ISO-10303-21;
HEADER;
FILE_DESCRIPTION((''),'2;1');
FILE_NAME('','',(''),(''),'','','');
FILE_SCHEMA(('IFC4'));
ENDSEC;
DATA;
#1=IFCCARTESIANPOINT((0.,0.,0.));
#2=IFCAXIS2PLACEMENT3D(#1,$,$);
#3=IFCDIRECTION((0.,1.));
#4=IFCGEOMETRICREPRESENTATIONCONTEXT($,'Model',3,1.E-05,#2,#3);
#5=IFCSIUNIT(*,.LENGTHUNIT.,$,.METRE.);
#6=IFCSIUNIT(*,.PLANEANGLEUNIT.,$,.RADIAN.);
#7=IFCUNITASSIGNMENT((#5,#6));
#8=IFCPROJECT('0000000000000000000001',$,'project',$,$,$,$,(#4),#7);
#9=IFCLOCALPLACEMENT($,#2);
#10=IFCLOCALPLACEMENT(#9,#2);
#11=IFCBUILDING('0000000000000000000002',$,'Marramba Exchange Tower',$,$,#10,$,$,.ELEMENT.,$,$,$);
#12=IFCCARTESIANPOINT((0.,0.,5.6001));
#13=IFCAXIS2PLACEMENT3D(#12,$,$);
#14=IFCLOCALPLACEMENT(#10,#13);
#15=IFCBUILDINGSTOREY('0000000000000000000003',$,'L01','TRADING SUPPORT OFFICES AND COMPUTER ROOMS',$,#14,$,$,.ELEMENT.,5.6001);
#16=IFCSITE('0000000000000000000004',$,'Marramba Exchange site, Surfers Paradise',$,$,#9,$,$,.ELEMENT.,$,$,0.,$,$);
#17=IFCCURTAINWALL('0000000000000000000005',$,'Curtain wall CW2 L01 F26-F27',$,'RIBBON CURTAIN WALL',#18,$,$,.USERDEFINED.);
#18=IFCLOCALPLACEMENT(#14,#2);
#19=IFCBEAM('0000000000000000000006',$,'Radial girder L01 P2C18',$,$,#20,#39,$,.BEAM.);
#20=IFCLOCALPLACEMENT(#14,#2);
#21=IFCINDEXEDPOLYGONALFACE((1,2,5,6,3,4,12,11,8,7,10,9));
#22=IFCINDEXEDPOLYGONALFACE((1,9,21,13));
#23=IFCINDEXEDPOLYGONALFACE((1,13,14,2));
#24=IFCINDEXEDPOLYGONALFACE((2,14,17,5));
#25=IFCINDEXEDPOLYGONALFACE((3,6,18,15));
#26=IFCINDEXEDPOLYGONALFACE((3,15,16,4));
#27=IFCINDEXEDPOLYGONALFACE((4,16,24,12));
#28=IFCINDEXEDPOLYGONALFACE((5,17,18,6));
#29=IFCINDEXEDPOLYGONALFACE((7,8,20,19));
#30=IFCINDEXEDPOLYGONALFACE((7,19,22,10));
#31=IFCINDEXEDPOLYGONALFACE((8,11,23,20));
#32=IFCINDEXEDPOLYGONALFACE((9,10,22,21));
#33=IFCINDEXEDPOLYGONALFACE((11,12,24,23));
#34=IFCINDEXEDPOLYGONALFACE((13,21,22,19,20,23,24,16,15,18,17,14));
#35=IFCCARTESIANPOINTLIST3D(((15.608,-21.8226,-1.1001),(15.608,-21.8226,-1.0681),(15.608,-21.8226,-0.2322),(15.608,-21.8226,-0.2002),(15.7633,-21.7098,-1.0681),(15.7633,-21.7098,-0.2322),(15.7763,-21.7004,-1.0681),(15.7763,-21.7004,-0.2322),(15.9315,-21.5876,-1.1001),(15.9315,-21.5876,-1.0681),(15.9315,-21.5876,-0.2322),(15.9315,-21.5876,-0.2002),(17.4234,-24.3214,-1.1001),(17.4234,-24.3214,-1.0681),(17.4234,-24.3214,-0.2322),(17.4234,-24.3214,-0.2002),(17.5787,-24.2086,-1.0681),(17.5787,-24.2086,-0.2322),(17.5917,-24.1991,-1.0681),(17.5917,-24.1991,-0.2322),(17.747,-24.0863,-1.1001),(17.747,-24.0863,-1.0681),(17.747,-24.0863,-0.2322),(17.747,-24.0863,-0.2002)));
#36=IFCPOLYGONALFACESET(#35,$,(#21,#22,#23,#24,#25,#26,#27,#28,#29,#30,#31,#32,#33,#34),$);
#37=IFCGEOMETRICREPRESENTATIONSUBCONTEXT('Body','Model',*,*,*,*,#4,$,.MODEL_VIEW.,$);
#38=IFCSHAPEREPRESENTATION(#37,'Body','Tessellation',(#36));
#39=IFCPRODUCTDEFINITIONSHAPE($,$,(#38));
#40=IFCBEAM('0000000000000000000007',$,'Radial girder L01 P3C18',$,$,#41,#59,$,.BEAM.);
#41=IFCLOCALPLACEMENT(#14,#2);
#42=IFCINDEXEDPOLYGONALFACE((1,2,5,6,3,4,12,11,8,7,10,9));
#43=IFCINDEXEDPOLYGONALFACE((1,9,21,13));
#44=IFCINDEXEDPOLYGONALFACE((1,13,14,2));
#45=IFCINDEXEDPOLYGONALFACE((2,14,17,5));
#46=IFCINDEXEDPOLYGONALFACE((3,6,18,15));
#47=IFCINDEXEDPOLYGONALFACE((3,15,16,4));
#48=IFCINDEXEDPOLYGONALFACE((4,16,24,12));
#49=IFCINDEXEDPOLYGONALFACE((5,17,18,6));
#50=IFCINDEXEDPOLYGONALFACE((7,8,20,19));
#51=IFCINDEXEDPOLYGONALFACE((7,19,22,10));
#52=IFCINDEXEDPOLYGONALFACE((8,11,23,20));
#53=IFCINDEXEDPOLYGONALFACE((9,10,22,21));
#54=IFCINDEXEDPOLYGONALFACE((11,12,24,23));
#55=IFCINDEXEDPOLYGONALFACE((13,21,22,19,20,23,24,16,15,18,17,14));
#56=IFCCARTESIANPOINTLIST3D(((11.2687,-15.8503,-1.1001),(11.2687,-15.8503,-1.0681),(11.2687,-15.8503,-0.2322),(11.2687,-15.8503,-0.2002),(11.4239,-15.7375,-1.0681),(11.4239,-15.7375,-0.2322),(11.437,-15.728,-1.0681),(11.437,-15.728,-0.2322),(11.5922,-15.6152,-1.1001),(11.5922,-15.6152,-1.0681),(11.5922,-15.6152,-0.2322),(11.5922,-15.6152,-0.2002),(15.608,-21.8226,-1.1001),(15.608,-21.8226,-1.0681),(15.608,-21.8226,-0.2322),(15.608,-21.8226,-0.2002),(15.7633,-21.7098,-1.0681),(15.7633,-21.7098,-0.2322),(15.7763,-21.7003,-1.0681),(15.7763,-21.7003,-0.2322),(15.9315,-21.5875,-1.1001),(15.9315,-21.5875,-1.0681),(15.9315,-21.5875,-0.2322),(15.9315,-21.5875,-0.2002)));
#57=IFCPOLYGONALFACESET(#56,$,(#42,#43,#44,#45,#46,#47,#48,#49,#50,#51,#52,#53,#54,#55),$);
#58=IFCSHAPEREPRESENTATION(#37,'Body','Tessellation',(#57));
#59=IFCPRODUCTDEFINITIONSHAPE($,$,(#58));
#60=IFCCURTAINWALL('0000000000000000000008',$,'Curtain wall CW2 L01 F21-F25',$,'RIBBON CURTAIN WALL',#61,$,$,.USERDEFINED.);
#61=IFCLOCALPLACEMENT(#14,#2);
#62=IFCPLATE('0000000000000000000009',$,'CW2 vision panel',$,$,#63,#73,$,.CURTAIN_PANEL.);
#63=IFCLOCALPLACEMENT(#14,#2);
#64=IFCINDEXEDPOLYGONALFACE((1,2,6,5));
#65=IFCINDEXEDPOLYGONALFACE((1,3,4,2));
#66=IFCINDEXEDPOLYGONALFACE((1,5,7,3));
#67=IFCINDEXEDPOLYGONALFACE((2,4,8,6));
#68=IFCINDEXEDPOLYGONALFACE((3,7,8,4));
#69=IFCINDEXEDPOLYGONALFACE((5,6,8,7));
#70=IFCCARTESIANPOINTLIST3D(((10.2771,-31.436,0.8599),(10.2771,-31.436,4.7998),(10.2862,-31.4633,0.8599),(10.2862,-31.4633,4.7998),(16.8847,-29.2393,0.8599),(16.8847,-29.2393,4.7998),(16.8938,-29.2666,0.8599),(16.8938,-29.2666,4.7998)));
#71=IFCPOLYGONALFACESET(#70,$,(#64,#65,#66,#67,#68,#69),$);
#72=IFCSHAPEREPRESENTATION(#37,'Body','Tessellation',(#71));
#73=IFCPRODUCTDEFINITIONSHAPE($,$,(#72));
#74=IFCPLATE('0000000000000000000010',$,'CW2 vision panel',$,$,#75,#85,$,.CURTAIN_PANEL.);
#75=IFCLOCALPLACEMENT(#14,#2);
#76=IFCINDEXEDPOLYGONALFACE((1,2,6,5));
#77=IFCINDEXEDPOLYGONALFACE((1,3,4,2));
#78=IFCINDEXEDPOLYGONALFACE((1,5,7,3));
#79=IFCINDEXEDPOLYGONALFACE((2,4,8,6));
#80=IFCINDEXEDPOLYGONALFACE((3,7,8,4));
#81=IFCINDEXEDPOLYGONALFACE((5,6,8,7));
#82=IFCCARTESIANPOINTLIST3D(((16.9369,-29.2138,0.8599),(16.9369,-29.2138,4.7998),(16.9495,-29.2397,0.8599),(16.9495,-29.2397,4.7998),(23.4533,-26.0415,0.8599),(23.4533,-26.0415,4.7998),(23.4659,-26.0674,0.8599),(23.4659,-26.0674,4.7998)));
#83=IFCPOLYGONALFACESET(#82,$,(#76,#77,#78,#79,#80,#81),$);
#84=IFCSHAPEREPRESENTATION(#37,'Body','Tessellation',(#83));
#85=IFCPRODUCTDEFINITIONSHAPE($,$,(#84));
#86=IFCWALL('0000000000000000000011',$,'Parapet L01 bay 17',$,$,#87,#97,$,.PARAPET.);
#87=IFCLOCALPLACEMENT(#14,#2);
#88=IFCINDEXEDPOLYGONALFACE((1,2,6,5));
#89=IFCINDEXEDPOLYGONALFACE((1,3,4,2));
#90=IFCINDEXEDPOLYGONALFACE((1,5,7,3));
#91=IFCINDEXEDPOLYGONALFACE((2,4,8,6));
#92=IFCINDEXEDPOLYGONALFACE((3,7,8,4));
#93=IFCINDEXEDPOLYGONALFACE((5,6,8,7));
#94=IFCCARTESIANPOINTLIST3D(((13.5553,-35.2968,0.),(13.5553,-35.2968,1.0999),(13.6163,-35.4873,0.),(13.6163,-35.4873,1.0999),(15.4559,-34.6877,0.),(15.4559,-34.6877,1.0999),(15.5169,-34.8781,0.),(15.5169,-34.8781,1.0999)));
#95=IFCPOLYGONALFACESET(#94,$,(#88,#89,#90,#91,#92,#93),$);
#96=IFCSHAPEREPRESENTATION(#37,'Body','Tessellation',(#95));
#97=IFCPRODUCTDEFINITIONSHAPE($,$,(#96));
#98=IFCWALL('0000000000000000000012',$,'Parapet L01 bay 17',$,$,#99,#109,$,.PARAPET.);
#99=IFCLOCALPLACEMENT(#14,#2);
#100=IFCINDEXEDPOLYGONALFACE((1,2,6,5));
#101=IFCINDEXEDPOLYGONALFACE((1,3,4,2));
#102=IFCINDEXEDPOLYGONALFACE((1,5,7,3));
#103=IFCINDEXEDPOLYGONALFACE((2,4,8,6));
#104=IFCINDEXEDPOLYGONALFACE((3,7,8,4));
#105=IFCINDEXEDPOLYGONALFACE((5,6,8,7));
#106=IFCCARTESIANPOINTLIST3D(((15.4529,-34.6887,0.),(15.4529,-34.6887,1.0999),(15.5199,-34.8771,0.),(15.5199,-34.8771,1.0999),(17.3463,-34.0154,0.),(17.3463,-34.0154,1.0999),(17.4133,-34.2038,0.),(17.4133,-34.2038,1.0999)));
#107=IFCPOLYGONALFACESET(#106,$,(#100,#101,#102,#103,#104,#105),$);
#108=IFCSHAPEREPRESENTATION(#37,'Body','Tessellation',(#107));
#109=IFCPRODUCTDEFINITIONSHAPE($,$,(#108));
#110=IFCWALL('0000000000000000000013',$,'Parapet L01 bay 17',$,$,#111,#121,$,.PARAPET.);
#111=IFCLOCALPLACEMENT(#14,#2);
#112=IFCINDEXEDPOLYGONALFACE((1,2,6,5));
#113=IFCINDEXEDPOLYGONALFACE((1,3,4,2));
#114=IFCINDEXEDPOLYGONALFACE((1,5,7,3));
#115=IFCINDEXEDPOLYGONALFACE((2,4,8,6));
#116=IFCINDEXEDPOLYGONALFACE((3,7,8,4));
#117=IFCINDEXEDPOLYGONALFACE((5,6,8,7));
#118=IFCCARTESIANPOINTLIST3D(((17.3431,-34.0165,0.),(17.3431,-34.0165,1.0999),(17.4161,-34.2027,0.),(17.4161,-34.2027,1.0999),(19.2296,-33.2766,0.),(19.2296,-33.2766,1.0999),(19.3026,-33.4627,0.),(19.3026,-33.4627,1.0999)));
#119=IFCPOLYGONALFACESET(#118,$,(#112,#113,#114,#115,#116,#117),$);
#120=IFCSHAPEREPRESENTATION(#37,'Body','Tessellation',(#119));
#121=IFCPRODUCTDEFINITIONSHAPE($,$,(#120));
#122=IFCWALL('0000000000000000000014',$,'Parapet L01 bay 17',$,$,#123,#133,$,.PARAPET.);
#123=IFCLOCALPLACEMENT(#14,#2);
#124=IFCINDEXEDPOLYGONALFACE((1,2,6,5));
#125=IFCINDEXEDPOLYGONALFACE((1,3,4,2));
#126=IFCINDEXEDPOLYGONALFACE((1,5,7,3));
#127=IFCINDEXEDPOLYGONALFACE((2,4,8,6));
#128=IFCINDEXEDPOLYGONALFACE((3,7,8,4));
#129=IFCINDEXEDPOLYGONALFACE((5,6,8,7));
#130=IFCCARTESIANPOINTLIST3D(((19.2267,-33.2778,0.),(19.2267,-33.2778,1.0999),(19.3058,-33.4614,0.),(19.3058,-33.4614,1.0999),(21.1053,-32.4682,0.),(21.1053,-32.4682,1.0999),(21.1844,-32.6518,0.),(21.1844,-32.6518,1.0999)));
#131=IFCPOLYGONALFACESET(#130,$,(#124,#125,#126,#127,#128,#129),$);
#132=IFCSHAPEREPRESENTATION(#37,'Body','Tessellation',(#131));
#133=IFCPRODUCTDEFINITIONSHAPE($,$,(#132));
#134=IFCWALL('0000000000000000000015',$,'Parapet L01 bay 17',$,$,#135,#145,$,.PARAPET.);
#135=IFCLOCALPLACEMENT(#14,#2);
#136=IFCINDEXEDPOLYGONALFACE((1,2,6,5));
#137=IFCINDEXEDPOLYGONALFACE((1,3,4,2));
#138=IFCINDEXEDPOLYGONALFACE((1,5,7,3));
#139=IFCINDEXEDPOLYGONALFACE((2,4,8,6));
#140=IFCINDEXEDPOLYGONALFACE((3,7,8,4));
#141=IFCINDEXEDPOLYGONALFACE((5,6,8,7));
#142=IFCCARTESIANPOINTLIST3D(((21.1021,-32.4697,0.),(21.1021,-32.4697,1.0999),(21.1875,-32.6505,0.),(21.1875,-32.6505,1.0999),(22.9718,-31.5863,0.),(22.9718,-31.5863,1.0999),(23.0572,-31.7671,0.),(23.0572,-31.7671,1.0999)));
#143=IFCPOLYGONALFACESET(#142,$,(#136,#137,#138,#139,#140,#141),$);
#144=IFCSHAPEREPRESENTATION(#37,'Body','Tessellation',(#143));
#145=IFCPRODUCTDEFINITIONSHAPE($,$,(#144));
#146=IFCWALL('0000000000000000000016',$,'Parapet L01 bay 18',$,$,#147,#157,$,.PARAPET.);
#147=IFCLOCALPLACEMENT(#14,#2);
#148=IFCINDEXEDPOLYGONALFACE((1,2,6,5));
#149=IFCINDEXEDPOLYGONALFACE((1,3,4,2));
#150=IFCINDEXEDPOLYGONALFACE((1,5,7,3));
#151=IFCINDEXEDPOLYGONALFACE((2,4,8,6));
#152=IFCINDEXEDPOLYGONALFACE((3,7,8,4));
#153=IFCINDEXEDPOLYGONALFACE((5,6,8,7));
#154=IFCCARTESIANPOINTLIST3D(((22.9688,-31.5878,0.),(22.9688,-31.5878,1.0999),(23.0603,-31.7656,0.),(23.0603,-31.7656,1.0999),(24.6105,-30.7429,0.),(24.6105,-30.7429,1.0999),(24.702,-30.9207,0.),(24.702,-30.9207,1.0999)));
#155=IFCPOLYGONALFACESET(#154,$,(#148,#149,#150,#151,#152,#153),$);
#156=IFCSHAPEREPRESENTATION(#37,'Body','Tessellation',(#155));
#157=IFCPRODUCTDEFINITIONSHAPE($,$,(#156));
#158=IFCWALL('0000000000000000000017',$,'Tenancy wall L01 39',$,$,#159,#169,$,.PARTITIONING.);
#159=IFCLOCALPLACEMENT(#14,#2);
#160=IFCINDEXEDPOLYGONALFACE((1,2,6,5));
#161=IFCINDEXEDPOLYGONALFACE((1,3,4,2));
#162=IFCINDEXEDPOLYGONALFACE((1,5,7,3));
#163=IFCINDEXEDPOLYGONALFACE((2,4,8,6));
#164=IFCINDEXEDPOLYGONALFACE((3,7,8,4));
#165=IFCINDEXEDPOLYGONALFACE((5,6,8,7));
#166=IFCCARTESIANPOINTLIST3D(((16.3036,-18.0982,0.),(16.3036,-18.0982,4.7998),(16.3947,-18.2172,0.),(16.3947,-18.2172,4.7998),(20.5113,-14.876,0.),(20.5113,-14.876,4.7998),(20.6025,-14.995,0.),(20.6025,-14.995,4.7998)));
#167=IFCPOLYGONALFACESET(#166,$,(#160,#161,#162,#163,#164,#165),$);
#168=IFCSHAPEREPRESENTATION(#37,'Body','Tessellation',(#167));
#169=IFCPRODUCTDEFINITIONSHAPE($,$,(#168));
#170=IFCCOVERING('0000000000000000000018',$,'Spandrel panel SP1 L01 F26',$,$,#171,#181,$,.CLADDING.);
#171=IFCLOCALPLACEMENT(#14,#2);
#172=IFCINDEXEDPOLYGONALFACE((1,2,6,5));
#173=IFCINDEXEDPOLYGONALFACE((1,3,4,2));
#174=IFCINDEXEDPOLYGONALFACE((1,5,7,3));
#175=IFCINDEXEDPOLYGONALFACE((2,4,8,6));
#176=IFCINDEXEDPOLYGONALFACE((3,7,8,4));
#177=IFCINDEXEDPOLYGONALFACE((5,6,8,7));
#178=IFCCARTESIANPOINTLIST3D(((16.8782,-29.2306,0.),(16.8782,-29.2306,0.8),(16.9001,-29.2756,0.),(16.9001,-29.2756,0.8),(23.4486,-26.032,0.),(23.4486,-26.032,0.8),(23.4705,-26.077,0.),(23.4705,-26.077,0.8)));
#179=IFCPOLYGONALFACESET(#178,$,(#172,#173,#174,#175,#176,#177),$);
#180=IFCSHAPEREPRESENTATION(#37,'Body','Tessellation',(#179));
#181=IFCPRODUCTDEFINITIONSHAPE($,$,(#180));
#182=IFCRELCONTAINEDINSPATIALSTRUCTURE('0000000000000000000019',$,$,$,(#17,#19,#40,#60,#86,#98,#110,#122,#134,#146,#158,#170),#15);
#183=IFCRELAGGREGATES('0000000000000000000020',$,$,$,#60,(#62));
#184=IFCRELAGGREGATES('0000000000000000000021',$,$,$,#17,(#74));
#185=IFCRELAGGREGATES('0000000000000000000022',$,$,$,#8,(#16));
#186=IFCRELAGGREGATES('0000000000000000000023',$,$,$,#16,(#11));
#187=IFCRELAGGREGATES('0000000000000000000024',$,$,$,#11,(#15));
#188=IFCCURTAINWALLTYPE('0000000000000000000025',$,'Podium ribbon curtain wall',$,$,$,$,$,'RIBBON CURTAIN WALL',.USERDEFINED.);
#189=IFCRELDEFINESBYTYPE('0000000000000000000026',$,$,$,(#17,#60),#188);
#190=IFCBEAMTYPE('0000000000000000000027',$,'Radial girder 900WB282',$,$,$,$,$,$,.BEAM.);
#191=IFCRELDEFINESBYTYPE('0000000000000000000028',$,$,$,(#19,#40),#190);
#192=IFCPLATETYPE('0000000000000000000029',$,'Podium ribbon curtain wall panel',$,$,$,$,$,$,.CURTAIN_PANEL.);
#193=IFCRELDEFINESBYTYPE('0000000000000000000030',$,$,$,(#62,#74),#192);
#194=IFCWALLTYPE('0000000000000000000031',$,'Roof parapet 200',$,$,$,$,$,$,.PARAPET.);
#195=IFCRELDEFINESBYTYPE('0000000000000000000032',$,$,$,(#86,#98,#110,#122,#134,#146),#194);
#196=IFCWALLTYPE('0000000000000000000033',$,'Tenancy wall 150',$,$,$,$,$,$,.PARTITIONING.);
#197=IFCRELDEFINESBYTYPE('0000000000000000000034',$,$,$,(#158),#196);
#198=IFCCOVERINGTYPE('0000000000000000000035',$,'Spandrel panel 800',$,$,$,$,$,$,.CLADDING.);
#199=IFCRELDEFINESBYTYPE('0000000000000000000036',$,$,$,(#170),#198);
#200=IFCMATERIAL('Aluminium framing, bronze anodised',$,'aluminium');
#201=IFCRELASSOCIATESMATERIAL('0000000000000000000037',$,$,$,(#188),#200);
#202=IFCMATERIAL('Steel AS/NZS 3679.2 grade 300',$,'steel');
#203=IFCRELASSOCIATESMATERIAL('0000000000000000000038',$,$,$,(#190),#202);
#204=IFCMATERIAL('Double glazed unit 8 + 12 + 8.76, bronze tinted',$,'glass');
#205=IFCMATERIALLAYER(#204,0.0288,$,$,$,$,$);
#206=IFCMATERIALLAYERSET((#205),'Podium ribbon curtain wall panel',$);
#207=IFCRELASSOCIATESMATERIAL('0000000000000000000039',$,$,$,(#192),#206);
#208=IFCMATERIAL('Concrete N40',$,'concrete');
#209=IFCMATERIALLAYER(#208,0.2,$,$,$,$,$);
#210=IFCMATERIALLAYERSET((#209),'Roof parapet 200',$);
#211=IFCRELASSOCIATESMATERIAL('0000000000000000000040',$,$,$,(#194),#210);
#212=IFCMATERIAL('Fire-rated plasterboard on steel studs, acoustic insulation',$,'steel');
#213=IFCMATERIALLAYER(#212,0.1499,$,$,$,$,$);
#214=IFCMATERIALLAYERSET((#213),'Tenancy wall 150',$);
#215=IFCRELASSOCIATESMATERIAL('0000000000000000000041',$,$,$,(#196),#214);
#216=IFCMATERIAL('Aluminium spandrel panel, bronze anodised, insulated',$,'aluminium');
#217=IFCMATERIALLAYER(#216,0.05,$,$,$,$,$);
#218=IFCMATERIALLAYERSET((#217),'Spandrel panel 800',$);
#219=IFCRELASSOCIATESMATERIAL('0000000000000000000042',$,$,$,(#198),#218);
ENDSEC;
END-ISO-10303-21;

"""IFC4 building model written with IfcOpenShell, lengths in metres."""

from ifc_helpers import new_model, si_unit, direction, frame, frame_2d, origin, origin_2d, place, context, subcontext, project, spatial, rectangle, i_section, extrude, material, layer, layer_set, material_profile, profile_set, type_object, element, aggregate, save


model = new_model("IFC4")

# Units and contexts
model_context = context("Model", 3, precision=1e-05, world=origin(), true_north=direction((0.0, 1.0)))
body_context = subcontext(model_context, "Body", "Model", "MODEL_VIEW")
ifc_project = project(units=[si_unit("LENGTHUNIT", "METRE"), si_unit("PLANEANGLEUNIT", "RADIAN")], contexts=[model_context])

# Site, building, storey
site_placement = place(None, origin())
site = spatial("IfcSite", under=ifc_project, at=site_placement, Name="Marramba Exchange site, Surfers Paradise", CompositionType="ELEMENT", RefElevation=0.0)
building_placement = place(site_placement, origin())
building = spatial("IfcBuilding", under=site, at=building_placement, Name="Marramba Exchange Tower", CompositionType="ELEMENT")
storey_placement = place(building_placement, frame((0.0, 0.0, 5.6001)))
storey = spatial("IfcBuildingStorey", under=building, at=storey_placement, Name="L01", Description="TRADING SUPPORT OFFICES AND COMPUTER ROOMS", CompositionType="ELEMENT", Elevation=5.6001)

# Curtain wall
ifc_material_1 = material(Name="Aluminium framing, bronze anodised", Category="aluminium")
curtain_wall_type = type_object("IfcCurtainWallType", Name="Podium ribbon curtain wall", ElementType="RIBBON CURTAIN WALL", PredefinedType="USERDEFINED", material=ifc_material_1)
curtain_wall_1_placement = place(storey_placement, origin())
curtain_wall_1 = element("IfcCurtainWall", 1, at=curtain_wall_1_placement, inside=storey, type_object=curtain_wall_type, Name="Curtain wall CW2 L01 F26-F27", ObjectType="RIBBON CURTAIN WALL", PredefinedType="USERDEFINED")

# Beams
ifc_material_2 = material(Name="Steel AS/NZS 3679.2 grade 300", Category="steel")
ifc_material_profile_1 = material_profile(ifc_material_2, i_section(OverallWidth=0.3999, OverallDepth=0.8999, WebThickness=0.0161, FlangeThickness=0.032, at=origin_2d()), Name="900WB282")
ifc_profile_set_1 = profile_set([ifc_material_profile_1], Name="Steel AS/NZS 3679.2 grade 300")
beam_type_1 = type_object("IfcBeamType", Name="Radial girder 900WB282", PredefinedType="BEAM", material=ifc_profile_set_1)
beam_1_placement = place(storey_placement, frame((17.5852, -24.2039, -0.6501), z_axis=(-0.587777, 0.809023, 0.0), x_axis=(-0.809023, -0.587777, 0.0)))
element("IfcBeam", 2, at=beam_1_placement, inside=storey, type_object=beam_type_1, Name="Radial girder L01 P2C18", PredefinedType="BEAM", context=body_context, shape_type="SweptSolid", body=[
    extrude(i_section(OverallWidth=0.3999, OverallDepth=0.8999, WebThickness=0.0161, FlangeThickness=0.032, at=origin_2d()), origin(), (0.0, 0.0, 1.0), 3.0886),
])
beam_2_placement = place(storey_placement, frame((15.7698, -21.7051, -0.6501), z_axis=(-0.587798, 0.809008, 0.0), x_axis=(-0.809008, -0.587798, 0.0)))
element("IfcBeam", 3, at=beam_2_placement, inside=storey, type_object=beam_type_1, Name="Radial girder L01 P3C18", PredefinedType="BEAM", context=body_context, shape_type="SweptSolid", body=[
    extrude(i_section(OverallWidth=0.3999, OverallDepth=0.8999, WebThickness=0.0161, FlangeThickness=0.032, at=origin_2d()), origin(), (0.0, 0.0, 1.0), 7.3823),
])

# Curtain wall, plate
curtain_wall_2_placement = place(storey_placement, origin())
curtain_wall_2 = element("IfcCurtainWall", 4, at=curtain_wall_2_placement, inside=storey, type_object=curtain_wall_type, Name="Curtain wall CW2 L01 F21-F25", ObjectType="RIBBON CURTAIN WALL", PredefinedType="USERDEFINED")
ifc_material_3 = material(Name="Double glazed unit 8 + 12 + 8.76, bronze tinted", Category="glass")
ifc_layer_1 = layer(ifc_material_3, 0.0288)
ifc_layer_set_1 = layer_set([ifc_layer_1], Name="Podium ribbon curtain wall panel")
plate_type = type_object("IfcPlateType", Name="Podium ribbon curtain wall panel", PredefinedType="CURTAIN_PANEL", material=ifc_layer_set_1)
plate_1_placement = place(storey_placement, frame((13.5854, -30.3513, 0.8599), z_axis=(0.0, 0.0, 1.0), x_axis=(0.948934, 0.315474, 0.0)))
plate_1 = element("IfcPlate", 5, at=plate_1_placement, type_object=plate_type, Name="CW2 vision panel", PredefinedType="CURTAIN_PANEL", context=body_context, shape_type="SweptSolid", body=[
    extrude(rectangle(XDim=6.9631, YDim=0.0288, at=origin_2d()), origin(), (0.0, 0.0, 1.0), 3.9399),
])
aggregate(curtain_wall_2, [plate_1])

# Plate
plate_2_placement = place(storey_placement, frame((20.2014, -27.6406, 0.8599), z_axis=(0.0, 0.0, 1.0), x_axis=(0.89912, 0.437702, 0.0)))
plate_2 = element("IfcPlate", 6, at=plate_2_placement, type_object=plate_type, Name="CW2 vision panel", PredefinedType="CURTAIN_PANEL", context=body_context, shape_type="SweptSolid", body=[
    extrude(rectangle(XDim=7.2476, YDim=0.0288, at=origin_2d()), origin(), (0.0, 0.0, 1.0), 3.9399),
])
aggregate(curtain_wall_1, [plate_2])

# Walls
ifc_material_4 = material(Name="Concrete N40", Category="concrete")
ifc_layer_2 = layer(ifc_material_4, 0.2)
ifc_layer_set_2 = layer_set([ifc_layer_2], Name="Roof parapet 200")
wall_type_1 = type_object("IfcWallType", Name="Roof parapet 200", PredefinedType="PARAPET", material=ifc_layer_set_2)
wall_1_placement = place(storey_placement, frame((13.5857, -35.3921, 0.0), z_axis=(0.0, 0.0, 1.0), x_axis=(0.952289, 0.305197, 0.0)))
element("IfcWall", 7, at=wall_1_placement, inside=storey, type_object=wall_type_1, Name="Parapet L01 bay 17", PredefinedType="PARAPET", context=body_context, shape_type="SweptSolid", body=[
    extrude(rectangle(XDim=1.9958, YDim=0.2, at=frame_2d((0.998, 0.0))), origin(), (0.0, 0.0, 1.0), 1.0999),
])
wall_2_placement = place(storey_placement, frame((15.4863, -34.783, 0.0), z_axis=(0.0, 0.0, 1.0), x_axis=(0.942189, 0.335082, 0.0)))
element("IfcWall", 8, at=wall_2_placement, inside=storey, type_object=wall_type_1, Name="Parapet L01 bay 17", PredefinedType="PARAPET", context=body_context, shape_type="SweptSolid", body=[
    extrude(rectangle(XDim=2.0095, YDim=0.2, at=frame_2d((1.0049, 0.0))), origin(), (0.0, 0.0, 1.0), 1.0999),
])
wall_3_placement = place(storey_placement, frame((17.3796, -34.1096, 0.0), z_axis=(0.0, 0.0, 1.0), x_axis=(0.93094, 0.365171, 0.0)))
element("IfcWall", 9, at=wall_3_placement, inside=storey, type_object=wall_type_1, Name="Parapet L01 bay 17", PredefinedType="PARAPET", context=body_context, shape_type="SweptSolid", body=[
    extrude(rectangle(XDim=2.0264, YDim=0.2, at=frame_2d((1.0132, 0.0))), origin(), (0.0, 0.0, 1.0), 1.0999),
])
wall_4_placement = place(storey_placement, frame((19.2661, -33.3696, 0.0), z_axis=(0.0, 0.0, 1.0), x_axis=(0.918359, 0.395748, 0.0)))
element("IfcWall", 10, at=wall_4_placement, inside=storey, type_object=wall_type_1, Name="Parapet L01 bay 17", PredefinedType="PARAPET", context=body_context, shape_type="SweptSolid", body=[
    extrude(rectangle(XDim=2.0457, YDim=0.2, at=frame_2d((1.0229, 0.0))), origin(), (0.0, 0.0, 1.0), 1.0999),
])
wall_5_placement = place(storey_placement, frame((21.1448, -32.5601, 0.0), z_axis=(0.0, 0.0, 1.0), x_axis=(0.90417, 0.427173, 0.0)))
element("IfcWall", 11, at=wall_5_placement, inside=storey, type_object=wall_type_1, Name="Parapet L01 bay 17", PredefinedType="PARAPET", context=body_context, shape_type="SweptSolid", body=[
    extrude(rectangle(XDim=2.0679, YDim=0.2, at=frame_2d((1.0339, 0.0))), origin(), (0.0, 0.0, 1.0), 1.0999),
])
wall_6_placement = place(storey_placement, frame((23.0144, -31.6768, 0.0), z_axis=(0.0, 0.0, 1.0), x_axis=(0.889157, 0.457602, 0.0)))
element("IfcWall", 12, at=wall_6_placement, inside=storey, type_object=wall_type_1, Name="Parapet L01 bay 18", PredefinedType="PARAPET", context=body_context, shape_type="SweptSolid", body=[
    extrude(rectangle(XDim=1.8464, YDim=0.2, at=frame_2d((0.9233, 0.0))), origin(), (0.0, 0.0, 1.0), 1.0999),
])
ifc_material_5 = material(Name="Fire-rated plasterboard on steel studs, acoustic insulation", Category="steel")
ifc_layer_3 = layer(ifc_material_5, 0.1499)
ifc_layer_set_3 = layer_set([ifc_layer_3], Name="Tenancy wall 150")
wall_type_2 = type_object("IfcWallType", Name="Tenancy wall 150", PredefinedType="PARTITIONING", material=ifc_layer_set_3)
wall_7_placement = place(storey_placement, frame((16.3491, -18.1577, 0.0), z_axis=(0.0, 0.0, 1.0), x_axis=(0.793951, 0.607982, 0.0)))
element("IfcWall", 13, at=wall_7_placement, inside=storey, type_object=wall_type_2, Name="Tenancy wall L01 39", PredefinedType="PARTITIONING", context=body_context, shape_type="SweptSolid", body=[
    extrude(rectangle(XDim=5.2998, YDim=0.1499, at=frame_2d((2.6499, 0.0))), origin(), (0.0, 0.0, 1.0), 4.7998),
])

# Covering
ifc_material_6 = material(Name="Aluminium spandrel panel, bronze anodised, insulated", Category="aluminium")
ifc_layer_4 = layer(ifc_material_6, 0.05)
ifc_layer_set_4 = layer_set([ifc_layer_4], Name="Spandrel panel 800")
covering_type = type_object("IfcCoveringType", Name="Spandrel panel 800", PredefinedType="CLADDING", material=ifc_layer_set_4)
covering_placement = place(storey_placement, frame((20.1743, -27.6538, 0.0), z_axis=(0.0, 0.0, 1.0), x_axis=(0.89912, 0.437702, 0.0)))
element("IfcCovering", 14, at=covering_placement, inside=storey, type_object=covering_type, Name="Spandrel panel SP1 L01 F26", PredefinedType="CLADDING", context=body_context, shape_type="SweptSolid", body=[
    extrude(rectangle(XDim=7.3076, YDim=0.05, at=origin_2d()), origin(), (0.0, 0.0, 1.0), 0.8),
])

save(model, "model.ifc")
